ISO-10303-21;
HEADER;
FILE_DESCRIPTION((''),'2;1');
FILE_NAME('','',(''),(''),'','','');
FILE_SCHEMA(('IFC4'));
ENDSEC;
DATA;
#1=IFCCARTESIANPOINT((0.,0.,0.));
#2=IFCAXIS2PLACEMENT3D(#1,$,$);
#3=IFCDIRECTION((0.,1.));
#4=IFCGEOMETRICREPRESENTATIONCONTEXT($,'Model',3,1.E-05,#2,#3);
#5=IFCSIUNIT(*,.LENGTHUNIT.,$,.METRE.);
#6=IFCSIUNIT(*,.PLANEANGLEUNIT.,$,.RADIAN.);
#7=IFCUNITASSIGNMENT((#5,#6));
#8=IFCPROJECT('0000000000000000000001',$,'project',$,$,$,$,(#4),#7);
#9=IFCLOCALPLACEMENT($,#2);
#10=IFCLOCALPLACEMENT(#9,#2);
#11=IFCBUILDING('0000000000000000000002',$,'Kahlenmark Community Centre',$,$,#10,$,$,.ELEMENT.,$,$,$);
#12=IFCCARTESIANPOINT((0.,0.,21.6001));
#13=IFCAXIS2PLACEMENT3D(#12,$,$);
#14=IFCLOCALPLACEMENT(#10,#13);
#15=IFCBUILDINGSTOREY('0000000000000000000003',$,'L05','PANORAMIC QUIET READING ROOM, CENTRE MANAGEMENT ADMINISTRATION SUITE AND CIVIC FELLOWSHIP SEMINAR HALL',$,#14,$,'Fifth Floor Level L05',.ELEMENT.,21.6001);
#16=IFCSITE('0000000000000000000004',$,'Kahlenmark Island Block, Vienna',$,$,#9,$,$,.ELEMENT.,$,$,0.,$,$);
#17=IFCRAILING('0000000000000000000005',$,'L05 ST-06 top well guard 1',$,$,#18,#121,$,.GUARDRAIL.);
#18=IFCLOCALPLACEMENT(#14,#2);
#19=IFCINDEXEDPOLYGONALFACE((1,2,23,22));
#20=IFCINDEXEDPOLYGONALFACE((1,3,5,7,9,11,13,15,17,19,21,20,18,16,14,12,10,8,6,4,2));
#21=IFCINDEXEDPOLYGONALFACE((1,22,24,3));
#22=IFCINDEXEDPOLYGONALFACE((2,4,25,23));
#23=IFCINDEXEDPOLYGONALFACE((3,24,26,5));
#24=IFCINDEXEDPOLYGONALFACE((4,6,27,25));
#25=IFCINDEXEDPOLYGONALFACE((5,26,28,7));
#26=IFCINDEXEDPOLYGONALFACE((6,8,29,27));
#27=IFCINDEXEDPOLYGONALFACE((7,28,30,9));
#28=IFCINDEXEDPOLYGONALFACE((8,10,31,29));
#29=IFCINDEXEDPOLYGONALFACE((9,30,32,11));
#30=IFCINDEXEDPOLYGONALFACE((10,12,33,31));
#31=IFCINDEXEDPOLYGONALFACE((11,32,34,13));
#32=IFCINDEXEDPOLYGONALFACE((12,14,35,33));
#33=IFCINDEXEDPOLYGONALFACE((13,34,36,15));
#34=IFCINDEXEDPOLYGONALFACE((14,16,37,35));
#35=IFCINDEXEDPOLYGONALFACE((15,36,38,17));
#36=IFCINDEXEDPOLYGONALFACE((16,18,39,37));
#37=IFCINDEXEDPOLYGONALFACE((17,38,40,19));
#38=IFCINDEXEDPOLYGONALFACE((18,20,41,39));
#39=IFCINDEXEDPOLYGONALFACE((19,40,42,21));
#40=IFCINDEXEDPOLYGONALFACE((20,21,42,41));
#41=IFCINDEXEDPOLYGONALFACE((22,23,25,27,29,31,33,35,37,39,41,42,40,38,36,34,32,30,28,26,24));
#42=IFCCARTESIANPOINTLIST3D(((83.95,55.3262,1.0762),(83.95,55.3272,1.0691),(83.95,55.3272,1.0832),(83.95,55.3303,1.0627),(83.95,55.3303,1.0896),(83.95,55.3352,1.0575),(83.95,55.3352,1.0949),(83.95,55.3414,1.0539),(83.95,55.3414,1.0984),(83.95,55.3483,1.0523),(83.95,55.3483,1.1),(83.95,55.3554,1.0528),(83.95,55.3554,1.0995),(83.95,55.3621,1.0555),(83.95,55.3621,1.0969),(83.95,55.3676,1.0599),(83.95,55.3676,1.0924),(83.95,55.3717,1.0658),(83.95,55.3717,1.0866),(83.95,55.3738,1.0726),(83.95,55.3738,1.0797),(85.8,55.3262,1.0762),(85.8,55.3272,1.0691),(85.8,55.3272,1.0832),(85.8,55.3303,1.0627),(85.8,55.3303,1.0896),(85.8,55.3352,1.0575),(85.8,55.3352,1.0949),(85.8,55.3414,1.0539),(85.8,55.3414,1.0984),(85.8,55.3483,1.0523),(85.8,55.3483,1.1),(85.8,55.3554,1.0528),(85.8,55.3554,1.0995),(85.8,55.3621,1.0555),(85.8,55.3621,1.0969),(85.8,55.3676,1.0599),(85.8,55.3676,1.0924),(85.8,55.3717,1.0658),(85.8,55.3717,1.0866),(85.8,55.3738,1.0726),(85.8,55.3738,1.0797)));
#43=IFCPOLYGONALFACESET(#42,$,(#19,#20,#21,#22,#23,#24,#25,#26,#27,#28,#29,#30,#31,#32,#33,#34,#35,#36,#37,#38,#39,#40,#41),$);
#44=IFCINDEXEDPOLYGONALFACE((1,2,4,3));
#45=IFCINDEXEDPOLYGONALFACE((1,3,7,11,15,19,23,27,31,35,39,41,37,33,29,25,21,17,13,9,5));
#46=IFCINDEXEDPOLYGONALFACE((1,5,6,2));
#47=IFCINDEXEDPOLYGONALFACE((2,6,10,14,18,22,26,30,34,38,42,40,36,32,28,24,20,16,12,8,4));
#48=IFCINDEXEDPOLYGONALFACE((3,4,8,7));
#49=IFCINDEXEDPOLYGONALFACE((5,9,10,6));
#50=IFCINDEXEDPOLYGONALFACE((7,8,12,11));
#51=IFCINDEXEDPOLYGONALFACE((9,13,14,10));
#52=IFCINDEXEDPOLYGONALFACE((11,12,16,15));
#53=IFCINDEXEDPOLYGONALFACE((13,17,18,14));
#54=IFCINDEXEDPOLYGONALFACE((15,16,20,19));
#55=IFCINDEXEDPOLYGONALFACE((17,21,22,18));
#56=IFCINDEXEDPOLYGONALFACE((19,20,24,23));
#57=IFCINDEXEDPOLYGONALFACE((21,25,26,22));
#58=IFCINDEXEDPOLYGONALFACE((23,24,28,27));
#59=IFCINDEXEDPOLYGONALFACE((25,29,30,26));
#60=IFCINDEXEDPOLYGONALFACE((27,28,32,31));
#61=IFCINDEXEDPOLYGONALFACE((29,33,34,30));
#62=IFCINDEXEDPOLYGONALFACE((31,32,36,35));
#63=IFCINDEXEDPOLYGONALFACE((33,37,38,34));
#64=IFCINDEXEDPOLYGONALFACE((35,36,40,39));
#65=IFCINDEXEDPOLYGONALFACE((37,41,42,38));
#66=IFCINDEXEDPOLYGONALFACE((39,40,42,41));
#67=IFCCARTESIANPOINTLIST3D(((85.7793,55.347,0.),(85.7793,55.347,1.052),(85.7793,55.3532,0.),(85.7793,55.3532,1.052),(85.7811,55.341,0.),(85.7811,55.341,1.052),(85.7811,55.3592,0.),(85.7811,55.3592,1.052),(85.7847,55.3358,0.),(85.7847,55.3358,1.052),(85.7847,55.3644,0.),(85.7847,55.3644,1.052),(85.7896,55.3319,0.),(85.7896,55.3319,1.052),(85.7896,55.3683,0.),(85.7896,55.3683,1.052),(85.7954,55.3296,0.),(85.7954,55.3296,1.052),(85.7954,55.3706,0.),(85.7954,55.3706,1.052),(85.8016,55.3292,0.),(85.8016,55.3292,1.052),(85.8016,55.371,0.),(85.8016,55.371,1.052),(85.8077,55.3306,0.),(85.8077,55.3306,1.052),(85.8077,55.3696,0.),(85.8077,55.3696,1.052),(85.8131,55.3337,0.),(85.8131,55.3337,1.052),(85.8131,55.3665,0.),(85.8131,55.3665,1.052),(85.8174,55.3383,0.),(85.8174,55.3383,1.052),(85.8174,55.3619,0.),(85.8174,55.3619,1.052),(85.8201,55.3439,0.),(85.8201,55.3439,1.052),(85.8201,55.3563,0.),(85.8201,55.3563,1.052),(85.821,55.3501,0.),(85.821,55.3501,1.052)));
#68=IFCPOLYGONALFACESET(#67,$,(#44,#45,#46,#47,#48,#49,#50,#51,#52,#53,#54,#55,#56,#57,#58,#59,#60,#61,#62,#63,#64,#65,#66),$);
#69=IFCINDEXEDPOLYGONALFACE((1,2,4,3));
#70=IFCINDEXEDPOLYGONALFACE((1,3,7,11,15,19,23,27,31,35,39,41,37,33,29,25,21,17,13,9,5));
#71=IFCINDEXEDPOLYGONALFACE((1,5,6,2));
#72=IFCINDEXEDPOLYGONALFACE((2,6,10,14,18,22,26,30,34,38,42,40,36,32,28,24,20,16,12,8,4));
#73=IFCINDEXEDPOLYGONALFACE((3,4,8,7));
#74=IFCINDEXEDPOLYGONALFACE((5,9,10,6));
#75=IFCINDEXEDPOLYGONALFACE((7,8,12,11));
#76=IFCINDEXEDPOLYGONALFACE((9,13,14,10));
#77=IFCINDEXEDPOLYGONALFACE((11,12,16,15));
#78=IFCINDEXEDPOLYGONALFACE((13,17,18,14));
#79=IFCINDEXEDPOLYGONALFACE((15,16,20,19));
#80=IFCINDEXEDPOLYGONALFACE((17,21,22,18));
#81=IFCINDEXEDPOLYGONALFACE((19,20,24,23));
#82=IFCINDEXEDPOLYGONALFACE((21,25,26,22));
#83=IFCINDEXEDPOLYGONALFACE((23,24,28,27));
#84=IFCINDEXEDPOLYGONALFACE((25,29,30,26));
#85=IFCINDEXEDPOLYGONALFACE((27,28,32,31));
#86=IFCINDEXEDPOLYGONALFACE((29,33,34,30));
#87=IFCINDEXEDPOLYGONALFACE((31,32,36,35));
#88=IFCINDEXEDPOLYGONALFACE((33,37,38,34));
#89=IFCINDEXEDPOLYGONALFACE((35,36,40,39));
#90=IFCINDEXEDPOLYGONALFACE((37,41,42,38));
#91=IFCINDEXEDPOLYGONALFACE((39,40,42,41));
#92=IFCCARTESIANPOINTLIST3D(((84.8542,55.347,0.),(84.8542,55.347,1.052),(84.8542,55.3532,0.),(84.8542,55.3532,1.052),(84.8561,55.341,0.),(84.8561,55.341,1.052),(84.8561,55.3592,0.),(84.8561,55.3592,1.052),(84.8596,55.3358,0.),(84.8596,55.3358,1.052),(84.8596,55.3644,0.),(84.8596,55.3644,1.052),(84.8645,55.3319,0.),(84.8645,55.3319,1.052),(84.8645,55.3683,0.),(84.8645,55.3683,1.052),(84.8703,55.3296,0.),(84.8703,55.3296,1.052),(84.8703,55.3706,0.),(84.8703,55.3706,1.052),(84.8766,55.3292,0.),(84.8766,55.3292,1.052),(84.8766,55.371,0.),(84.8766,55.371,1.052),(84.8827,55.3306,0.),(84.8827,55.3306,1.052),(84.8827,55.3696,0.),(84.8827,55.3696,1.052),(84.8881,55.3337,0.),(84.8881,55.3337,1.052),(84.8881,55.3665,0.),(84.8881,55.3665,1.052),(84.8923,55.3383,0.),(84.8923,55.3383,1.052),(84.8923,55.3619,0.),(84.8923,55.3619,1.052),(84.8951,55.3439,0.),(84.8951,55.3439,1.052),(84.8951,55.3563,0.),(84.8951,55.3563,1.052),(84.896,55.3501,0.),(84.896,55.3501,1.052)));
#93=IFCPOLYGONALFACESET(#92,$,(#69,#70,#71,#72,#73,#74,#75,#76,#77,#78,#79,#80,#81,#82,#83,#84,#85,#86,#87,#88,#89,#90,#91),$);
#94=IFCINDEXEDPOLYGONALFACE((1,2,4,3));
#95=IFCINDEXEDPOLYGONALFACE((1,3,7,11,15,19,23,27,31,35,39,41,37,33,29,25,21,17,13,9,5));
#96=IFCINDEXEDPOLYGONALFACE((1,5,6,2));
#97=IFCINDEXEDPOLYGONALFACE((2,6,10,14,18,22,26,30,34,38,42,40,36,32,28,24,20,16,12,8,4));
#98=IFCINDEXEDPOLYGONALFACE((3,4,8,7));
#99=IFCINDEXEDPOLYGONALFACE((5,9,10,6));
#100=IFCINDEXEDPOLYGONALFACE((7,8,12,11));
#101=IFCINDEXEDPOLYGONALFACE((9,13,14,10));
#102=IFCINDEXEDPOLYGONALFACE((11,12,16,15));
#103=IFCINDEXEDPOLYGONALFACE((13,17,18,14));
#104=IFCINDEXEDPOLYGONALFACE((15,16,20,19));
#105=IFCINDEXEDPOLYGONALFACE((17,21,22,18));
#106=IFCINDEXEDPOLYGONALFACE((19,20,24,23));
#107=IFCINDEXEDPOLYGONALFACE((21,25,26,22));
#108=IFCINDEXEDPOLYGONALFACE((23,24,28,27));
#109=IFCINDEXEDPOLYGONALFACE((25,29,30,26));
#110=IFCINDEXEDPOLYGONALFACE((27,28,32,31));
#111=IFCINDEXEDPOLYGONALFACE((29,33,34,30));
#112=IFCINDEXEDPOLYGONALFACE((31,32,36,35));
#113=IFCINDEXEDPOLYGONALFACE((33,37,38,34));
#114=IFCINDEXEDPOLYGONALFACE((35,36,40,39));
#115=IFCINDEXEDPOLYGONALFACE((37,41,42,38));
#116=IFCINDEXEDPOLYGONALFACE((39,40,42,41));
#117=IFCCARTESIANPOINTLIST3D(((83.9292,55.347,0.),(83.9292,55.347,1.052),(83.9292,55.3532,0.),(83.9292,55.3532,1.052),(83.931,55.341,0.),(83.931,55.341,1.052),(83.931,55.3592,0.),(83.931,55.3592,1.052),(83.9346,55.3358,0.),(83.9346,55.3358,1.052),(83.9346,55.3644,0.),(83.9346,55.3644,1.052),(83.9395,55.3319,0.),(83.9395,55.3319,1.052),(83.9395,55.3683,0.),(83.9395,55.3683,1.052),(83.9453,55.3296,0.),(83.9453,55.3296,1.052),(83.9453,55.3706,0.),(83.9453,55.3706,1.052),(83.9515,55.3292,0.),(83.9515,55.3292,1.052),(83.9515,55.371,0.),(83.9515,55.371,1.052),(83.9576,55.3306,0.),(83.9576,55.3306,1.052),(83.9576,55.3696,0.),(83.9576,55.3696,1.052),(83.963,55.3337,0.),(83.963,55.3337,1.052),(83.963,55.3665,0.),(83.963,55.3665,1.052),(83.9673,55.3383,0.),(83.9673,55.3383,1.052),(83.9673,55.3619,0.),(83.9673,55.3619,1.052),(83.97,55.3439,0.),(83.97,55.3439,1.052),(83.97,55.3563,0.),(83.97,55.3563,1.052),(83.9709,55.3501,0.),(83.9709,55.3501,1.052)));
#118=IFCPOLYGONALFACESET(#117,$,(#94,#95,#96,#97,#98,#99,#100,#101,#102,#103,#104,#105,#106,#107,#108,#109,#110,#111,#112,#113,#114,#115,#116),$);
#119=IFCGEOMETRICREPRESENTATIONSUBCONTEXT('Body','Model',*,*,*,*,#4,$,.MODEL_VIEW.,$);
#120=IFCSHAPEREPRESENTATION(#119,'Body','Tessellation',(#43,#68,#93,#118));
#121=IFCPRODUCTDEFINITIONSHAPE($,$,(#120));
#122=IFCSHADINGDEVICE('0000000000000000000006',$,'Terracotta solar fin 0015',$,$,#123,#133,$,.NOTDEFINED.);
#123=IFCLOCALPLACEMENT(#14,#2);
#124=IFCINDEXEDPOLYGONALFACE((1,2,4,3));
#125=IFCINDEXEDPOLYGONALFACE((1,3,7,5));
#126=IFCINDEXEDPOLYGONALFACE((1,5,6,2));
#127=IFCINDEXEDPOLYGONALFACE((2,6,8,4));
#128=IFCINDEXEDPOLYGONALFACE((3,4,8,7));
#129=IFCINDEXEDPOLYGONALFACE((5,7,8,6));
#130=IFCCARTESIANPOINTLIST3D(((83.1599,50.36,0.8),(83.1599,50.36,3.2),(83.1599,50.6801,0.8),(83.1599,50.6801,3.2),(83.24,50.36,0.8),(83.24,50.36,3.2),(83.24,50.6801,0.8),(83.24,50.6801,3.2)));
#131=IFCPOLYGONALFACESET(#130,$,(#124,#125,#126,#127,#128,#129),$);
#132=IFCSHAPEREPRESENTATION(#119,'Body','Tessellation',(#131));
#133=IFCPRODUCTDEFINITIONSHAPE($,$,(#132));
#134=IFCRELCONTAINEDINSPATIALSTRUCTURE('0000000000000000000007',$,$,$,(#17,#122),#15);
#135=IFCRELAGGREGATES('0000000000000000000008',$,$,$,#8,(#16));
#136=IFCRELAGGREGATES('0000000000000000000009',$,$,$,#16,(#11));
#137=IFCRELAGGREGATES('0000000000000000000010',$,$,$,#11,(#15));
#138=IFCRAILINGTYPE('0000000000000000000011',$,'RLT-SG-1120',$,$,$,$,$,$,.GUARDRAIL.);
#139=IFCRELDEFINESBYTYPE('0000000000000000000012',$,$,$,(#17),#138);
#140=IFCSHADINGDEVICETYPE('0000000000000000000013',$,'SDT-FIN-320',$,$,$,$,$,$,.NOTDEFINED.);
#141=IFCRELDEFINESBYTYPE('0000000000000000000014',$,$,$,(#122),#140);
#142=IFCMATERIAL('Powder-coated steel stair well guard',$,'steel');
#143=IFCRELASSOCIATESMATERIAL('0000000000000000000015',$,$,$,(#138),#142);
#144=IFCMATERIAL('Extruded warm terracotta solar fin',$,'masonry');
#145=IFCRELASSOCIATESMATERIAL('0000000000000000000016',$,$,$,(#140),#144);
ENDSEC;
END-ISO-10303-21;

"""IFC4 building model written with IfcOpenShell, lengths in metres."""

from ifc_helpers import new_model, si_unit, direction, frame, origin, origin_2d, place, context, subcontext, project, spatial, rectangle, circle, extrude, material, type_object, element, save


model = new_model("IFC4")

# Units and contexts
model_context = context("Model", 3, precision=1e-05, world=origin(), true_north=direction((0.0, 1.0)))
body_context = subcontext(model_context, "Body", "Model", "MODEL_VIEW")
ifc_project = project(units=[si_unit("LENGTHUNIT", "METRE"), si_unit("PLANEANGLEUNIT", "RADIAN")], contexts=[model_context])

# Site, building, storey
site_placement = place(None, origin())
site = spatial("IfcSite", under=ifc_project, at=site_placement, Name="Kahlenmark Island Block, Vienna", CompositionType="ELEMENT", RefElevation=0.0)
building_placement = place(site_placement, origin())
building = spatial("IfcBuilding", under=site, at=building_placement, Name="Kahlenmark Community Centre", CompositionType="ELEMENT")
storey_placement = place(building_placement, frame((0.0, 0.0, 21.6001)))
storey = spatial("IfcBuildingStorey", under=building, at=storey_placement, Name="L05", Description="PANORAMIC QUIET READING ROOM, CENTRE MANAGEMENT ADMINISTRATION SUITE AND CIVIC FELLOWSHIP SEMINAR HALL", LongName="Fifth Floor Level L05", CompositionType="ELEMENT", Elevation=21.6001)

# Railing
ifc_material_1 = material(Name="Powder-coated steel stair well guard", Category="steel")
railing_type = type_object("IfcRailingType", Name="RLT-SG-1120", PredefinedType="GUARDRAIL", material=ifc_material_1)
railing_placement = place(storey_placement, frame((85.8, 55.3501, 0.0)))
element("IfcRailing", 1, at=railing_placement, inside=storey, type_object=railing_type, Name="L05 ST-06 top well guard 1", PredefinedType="GUARDRAIL", context=body_context, shape_type="SweptSolid", body=[
    extrude(circle(Radius=0.0239, at=origin_2d()), frame((0.0, 0.0, 1.0762), z_axis=(-1.0, 0.0, 0.0), x_axis=(0.0, -1.0, 0.0)), (0.0, 0.0, 1.0), 1.8501),
    extrude(circle(Radius=0.021, at=origin_2d()), origin(), (0.0, 0.0, 1.0), 1.052),
    extrude(circle(Radius=0.021, at=origin_2d()), frame((-0.925, 0.0, 0.0)), (0.0, 0.0, 1.0), 1.052),
    extrude(circle(Radius=0.021, at=origin_2d()), frame((-1.8501, 0.0, 0.0)), (0.0, 0.0, 1.0), 1.052),
])

# Shading device
ifc_material_2 = material(Name="Extruded warm terracotta solar fin", Category="masonry")
shading_device_type = type_object("IfcShadingDeviceType", Name="SDT-FIN-320", PredefinedType="NOTDEFINED", material=ifc_material_2)
shading_device_placement = place(storey_placement, frame((83.2, 50.52, 0.8), z_axis=(0.0, 0.0, 1.0), x_axis=(1.0, 0.0, 0.0)))
element("IfcShadingDevice", 2, at=shading_device_placement, inside=storey, type_object=shading_device_type, Name="Terracotta solar fin 0015", PredefinedType="NOTDEFINED", context=body_context, shape_type="SweptSolid", body=[
    extrude(rectangle(XDim=0.0801, YDim=0.3201, at=origin_2d()), origin(), (0.0, 0.0, 1.0), 2.3999),
])

save(model, "model.ifc")
